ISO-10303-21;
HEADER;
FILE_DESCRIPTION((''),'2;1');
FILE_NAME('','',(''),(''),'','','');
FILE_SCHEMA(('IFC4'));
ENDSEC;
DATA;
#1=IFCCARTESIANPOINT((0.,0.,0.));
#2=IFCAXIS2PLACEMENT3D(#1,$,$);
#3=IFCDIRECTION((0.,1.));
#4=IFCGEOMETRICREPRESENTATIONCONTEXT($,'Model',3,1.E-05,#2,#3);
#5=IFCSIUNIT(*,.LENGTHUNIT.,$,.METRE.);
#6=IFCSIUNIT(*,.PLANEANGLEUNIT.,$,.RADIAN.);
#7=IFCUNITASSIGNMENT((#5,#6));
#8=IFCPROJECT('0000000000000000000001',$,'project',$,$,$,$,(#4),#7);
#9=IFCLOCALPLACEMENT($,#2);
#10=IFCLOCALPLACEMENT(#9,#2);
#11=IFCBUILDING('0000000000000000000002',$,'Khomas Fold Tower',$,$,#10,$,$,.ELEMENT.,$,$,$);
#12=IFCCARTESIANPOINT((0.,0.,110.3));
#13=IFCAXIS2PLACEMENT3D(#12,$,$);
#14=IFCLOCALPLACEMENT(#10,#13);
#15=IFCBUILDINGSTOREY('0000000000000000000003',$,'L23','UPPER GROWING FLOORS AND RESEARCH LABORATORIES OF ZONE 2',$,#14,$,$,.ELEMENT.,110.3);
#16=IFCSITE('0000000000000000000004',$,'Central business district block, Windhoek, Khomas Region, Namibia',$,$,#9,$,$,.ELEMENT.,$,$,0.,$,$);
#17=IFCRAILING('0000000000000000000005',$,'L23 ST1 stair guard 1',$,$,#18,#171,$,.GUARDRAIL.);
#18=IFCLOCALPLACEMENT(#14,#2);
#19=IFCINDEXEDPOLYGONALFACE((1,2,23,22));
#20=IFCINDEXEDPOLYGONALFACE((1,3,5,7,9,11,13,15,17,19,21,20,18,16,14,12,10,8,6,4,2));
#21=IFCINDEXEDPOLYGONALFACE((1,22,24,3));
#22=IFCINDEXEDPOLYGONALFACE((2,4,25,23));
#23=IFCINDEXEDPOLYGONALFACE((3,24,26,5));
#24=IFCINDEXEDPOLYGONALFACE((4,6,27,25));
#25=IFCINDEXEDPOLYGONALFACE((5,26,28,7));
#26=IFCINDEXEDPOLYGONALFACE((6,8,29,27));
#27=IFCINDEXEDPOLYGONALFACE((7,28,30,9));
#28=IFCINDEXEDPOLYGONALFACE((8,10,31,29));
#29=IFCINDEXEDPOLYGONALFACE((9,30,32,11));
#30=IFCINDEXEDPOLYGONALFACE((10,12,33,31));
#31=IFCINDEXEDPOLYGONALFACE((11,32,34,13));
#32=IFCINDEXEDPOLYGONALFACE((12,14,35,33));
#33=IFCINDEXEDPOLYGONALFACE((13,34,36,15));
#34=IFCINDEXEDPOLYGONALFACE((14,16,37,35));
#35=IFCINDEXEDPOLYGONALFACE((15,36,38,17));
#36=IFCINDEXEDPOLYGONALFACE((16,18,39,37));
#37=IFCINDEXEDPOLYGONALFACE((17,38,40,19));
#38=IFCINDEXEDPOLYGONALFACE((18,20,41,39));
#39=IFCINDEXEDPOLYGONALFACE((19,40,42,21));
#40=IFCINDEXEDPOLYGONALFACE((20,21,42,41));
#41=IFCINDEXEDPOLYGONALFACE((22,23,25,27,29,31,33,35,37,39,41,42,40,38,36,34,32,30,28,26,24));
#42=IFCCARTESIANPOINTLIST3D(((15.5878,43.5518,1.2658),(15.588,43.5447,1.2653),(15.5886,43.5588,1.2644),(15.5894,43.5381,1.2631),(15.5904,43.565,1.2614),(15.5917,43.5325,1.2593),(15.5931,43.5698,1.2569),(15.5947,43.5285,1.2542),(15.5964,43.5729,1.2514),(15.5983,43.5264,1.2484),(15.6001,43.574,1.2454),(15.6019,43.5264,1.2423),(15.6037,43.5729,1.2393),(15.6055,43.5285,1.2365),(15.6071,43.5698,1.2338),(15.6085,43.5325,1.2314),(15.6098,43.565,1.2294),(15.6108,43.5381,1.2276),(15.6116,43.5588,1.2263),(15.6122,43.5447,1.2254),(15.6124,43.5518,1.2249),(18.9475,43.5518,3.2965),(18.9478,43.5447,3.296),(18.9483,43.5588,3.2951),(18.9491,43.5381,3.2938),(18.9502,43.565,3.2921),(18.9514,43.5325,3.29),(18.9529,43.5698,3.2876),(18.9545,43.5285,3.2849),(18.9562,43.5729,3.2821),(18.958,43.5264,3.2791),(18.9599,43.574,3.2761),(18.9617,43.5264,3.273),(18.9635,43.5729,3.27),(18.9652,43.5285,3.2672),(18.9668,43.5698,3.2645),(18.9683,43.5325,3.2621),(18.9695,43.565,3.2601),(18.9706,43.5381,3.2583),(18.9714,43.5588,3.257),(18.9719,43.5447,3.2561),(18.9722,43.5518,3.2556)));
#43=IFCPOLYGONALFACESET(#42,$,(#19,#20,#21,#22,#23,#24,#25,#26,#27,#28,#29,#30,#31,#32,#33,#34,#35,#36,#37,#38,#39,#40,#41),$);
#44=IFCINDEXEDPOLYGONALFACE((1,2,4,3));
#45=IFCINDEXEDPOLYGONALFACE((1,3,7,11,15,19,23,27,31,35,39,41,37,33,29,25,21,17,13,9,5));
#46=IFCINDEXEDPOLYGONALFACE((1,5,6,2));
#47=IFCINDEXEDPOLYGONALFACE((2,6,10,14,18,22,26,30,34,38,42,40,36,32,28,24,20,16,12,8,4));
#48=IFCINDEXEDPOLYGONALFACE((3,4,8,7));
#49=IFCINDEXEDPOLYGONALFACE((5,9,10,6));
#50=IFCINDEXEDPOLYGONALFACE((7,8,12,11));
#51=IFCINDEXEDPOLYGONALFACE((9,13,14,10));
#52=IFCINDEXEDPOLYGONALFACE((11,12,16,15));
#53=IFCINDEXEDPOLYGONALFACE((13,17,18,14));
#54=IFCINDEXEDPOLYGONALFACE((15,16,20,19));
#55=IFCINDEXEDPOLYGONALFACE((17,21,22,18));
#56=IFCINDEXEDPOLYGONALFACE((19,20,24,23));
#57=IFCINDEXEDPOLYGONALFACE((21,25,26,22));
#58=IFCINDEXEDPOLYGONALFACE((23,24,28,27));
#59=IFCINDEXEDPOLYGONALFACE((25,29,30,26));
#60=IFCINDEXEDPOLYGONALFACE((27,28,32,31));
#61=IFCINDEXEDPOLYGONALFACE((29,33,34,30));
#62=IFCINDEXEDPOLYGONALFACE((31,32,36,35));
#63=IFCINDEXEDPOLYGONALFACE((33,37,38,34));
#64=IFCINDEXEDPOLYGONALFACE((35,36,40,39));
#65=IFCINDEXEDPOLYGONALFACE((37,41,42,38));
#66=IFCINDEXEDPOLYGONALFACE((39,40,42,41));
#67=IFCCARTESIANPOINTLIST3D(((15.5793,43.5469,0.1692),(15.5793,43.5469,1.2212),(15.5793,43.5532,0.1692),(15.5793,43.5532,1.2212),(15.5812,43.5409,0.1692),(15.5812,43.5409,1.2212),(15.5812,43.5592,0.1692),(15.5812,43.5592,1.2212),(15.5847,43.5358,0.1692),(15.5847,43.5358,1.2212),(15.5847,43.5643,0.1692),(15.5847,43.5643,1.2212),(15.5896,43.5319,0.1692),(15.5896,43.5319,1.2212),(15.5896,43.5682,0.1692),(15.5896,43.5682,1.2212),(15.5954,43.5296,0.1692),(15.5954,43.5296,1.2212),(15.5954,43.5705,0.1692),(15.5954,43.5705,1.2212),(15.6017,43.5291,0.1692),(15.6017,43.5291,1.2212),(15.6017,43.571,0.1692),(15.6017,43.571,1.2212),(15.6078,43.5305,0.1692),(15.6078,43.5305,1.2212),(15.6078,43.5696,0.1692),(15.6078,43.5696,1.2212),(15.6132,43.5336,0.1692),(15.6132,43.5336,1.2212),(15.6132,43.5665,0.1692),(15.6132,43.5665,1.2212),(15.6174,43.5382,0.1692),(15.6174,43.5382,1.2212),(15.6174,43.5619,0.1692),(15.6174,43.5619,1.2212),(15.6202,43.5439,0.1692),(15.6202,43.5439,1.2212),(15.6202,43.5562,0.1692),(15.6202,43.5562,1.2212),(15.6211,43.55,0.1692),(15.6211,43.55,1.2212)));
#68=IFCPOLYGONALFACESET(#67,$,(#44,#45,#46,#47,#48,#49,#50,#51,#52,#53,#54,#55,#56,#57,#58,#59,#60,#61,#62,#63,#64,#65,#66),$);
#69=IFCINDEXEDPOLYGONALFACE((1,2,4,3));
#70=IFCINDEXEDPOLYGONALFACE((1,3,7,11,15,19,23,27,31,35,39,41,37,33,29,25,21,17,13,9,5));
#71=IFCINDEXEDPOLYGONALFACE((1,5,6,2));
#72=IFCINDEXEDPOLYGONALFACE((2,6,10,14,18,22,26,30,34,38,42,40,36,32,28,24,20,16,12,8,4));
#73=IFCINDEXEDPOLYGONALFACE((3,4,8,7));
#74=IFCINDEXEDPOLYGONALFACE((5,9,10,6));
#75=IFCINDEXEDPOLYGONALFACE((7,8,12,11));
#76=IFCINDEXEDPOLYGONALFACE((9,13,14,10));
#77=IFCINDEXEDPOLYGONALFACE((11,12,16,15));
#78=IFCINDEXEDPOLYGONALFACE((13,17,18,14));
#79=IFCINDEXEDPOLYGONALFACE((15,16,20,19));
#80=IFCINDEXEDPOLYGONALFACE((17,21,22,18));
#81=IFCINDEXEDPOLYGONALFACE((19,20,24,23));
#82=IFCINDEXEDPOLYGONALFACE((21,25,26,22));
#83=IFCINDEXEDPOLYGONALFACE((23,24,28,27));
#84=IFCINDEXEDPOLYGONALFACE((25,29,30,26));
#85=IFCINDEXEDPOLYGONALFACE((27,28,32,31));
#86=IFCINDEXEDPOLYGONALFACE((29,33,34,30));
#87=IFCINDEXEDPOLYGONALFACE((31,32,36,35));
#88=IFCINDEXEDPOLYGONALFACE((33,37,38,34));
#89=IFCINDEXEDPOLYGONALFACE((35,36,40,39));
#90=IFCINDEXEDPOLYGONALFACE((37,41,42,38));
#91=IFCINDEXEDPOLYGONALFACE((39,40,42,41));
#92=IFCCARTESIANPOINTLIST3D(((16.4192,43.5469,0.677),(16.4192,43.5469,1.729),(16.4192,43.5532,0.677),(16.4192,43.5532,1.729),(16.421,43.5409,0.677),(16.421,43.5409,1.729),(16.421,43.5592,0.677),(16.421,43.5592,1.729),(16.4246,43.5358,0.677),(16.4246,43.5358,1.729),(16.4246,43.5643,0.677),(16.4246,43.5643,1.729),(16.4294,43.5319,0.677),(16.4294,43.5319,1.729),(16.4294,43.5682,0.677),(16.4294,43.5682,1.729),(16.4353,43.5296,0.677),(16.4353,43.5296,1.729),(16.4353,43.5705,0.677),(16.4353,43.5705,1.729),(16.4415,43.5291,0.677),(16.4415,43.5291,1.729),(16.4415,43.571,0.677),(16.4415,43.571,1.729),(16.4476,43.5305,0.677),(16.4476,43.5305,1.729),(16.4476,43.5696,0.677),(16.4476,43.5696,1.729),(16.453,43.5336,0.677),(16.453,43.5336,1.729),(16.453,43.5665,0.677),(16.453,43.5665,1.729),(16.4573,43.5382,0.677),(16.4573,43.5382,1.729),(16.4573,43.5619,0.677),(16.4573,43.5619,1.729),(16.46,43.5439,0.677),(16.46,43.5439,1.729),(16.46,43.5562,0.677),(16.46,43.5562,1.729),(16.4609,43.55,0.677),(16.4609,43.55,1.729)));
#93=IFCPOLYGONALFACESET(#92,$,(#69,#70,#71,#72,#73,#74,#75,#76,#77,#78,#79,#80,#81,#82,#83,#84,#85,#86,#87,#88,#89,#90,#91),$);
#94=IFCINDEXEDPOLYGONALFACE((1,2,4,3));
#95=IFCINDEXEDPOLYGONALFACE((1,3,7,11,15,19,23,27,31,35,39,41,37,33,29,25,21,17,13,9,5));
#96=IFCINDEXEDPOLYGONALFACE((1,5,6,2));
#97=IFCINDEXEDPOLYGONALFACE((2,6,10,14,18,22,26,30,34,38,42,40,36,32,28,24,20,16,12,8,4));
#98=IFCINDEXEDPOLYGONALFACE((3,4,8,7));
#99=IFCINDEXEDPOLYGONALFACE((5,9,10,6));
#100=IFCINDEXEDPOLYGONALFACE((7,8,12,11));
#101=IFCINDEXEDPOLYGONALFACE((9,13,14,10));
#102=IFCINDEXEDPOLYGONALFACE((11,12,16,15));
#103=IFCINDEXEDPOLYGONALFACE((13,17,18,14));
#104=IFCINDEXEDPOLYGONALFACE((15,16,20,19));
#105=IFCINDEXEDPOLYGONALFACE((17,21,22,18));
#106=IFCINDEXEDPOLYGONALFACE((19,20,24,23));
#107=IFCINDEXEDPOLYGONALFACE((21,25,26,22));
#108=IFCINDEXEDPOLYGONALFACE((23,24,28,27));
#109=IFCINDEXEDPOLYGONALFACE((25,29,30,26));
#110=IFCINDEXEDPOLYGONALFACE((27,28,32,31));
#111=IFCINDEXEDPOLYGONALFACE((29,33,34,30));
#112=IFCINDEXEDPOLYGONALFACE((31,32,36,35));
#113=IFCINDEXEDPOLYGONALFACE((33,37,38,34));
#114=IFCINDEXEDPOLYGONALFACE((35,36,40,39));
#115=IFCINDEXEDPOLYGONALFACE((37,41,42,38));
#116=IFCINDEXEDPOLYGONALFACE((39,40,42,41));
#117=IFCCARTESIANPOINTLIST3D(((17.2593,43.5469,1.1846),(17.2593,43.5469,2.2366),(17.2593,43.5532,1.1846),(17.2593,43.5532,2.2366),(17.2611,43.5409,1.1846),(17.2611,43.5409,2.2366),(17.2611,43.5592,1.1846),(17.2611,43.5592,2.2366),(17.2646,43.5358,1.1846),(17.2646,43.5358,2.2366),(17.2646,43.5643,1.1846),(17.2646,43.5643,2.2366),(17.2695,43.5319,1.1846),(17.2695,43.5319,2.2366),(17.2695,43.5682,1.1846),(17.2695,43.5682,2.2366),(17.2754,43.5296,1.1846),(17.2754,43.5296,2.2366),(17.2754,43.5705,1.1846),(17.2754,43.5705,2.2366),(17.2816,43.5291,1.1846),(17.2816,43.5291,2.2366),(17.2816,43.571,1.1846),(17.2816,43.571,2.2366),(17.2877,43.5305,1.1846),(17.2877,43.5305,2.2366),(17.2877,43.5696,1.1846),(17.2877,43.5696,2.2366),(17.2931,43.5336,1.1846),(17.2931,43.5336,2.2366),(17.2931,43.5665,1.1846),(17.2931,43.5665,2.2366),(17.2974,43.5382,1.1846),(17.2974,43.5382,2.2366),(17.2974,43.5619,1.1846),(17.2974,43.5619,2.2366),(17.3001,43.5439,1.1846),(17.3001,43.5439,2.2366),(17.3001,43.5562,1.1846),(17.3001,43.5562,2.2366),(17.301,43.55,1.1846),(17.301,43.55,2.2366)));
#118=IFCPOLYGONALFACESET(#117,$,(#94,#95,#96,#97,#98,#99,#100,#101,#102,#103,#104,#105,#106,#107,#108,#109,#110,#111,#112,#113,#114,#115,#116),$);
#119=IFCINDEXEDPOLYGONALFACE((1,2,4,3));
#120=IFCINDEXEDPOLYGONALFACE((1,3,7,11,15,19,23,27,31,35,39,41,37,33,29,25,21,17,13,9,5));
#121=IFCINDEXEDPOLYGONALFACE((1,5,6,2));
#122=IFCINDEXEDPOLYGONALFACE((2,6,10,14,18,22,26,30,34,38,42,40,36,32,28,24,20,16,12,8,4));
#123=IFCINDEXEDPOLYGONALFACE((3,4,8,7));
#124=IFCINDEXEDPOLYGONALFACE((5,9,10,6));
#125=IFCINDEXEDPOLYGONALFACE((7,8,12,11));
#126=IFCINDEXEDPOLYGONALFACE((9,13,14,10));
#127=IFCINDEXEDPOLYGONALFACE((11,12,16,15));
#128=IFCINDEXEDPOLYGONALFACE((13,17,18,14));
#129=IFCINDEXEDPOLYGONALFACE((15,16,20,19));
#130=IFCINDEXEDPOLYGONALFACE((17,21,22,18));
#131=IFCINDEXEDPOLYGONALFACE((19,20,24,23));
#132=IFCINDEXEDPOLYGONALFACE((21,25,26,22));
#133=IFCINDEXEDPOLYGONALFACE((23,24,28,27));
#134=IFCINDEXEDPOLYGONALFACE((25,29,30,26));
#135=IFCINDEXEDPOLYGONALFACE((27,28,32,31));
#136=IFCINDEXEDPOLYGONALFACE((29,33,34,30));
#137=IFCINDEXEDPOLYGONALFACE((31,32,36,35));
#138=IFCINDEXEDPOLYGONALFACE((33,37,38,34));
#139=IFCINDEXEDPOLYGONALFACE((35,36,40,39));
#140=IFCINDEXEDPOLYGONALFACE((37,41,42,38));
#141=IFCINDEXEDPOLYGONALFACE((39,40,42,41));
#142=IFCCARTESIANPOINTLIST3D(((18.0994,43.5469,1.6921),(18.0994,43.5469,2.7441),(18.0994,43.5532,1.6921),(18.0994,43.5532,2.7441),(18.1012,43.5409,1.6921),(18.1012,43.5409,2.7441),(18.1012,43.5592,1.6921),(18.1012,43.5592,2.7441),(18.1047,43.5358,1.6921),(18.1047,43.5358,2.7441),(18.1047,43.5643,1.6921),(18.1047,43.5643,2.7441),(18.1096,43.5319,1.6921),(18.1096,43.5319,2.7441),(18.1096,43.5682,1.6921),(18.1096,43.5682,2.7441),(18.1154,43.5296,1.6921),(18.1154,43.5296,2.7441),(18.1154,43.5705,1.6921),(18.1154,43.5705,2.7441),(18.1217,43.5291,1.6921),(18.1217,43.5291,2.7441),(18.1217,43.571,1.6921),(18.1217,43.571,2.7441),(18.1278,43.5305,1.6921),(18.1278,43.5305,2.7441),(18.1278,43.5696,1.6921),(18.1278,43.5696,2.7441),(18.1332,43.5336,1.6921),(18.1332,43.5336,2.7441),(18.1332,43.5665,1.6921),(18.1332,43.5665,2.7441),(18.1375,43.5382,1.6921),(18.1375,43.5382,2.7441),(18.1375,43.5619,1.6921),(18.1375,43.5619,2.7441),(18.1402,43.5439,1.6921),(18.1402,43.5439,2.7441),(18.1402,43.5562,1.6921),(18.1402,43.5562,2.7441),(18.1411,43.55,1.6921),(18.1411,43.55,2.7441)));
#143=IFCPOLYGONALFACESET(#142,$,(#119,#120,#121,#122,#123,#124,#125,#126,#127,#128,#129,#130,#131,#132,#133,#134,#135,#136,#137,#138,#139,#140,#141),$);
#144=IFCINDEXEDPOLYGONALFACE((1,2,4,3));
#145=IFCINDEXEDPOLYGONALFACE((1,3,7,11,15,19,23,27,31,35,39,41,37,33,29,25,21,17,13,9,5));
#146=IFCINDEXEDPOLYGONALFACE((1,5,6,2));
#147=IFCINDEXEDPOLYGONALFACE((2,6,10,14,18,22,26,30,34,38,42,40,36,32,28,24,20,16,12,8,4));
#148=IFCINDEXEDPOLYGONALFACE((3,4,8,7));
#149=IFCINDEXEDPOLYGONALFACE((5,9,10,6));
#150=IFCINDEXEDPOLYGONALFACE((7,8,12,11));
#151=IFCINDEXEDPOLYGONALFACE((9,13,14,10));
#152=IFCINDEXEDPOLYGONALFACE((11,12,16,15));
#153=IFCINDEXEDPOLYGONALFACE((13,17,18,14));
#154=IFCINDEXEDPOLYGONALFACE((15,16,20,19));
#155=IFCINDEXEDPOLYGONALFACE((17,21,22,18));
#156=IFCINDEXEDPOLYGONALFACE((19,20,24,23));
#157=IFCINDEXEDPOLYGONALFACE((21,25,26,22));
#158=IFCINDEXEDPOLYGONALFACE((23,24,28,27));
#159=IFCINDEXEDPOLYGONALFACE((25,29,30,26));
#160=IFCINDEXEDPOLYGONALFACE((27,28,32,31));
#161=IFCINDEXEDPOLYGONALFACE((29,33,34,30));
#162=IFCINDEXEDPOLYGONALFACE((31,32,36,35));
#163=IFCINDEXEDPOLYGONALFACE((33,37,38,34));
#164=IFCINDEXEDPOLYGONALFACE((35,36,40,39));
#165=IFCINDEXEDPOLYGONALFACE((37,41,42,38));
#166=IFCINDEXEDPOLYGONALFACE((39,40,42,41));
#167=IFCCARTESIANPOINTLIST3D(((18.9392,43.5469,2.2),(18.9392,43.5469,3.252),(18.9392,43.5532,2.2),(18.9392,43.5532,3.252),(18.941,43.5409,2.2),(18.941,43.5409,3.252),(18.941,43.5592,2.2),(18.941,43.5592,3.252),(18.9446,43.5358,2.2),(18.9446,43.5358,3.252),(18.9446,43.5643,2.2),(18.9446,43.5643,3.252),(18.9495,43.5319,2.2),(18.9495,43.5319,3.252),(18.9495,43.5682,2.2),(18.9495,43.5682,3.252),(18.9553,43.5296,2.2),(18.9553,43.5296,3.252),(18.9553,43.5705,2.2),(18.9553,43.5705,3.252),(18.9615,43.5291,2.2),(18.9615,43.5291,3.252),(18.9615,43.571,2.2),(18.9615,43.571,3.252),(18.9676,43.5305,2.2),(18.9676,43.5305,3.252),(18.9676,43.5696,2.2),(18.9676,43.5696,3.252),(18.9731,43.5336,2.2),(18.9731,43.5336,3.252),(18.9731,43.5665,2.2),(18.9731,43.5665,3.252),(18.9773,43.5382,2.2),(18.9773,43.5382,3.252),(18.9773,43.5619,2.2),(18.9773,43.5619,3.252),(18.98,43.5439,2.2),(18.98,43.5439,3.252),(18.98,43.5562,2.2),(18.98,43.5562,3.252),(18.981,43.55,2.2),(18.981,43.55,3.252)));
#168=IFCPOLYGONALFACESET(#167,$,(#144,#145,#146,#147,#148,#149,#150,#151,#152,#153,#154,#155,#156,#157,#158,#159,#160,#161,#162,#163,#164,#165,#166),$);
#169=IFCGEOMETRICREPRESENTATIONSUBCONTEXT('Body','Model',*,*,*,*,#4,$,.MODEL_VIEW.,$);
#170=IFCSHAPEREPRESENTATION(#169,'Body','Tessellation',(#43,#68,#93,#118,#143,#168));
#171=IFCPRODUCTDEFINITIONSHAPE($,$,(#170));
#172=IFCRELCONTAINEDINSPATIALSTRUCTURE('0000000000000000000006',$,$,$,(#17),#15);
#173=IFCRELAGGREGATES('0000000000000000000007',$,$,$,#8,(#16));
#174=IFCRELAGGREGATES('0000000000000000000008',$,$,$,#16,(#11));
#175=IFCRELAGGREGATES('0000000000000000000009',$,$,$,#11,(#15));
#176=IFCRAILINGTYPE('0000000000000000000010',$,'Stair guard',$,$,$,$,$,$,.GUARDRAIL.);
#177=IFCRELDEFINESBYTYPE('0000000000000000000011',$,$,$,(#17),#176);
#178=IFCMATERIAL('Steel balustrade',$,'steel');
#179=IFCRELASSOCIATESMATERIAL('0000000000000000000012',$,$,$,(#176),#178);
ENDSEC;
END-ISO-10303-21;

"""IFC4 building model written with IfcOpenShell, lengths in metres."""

from ifc_helpers import new_model, si_unit, direction, frame, origin, origin_2d, place, context, subcontext, project, spatial, circle, extrude, source, transform, mapped, material, type_object, element, save


model = new_model("IFC4")

# Units and contexts
model_context = context("Model", 3, precision=1e-05, world=origin(), true_north=direction((0.0, 1.0)))
body_context = subcontext(model_context, "Body", "Model", "MODEL_VIEW")
ifc_project = project(units=[si_unit("LENGTHUNIT", "METRE"), si_unit("PLANEANGLEUNIT", "RADIAN")], contexts=[model_context])

# Site, building, storey
site_placement = place(None, origin())
site = spatial("IfcSite", under=ifc_project, at=site_placement, Name="Central business district block, Windhoek, Khomas Region, Namibia", CompositionType="ELEMENT", RefElevation=0.0)
building_placement = place(site_placement, origin())
building = spatial("IfcBuilding", under=site, at=building_placement, Name="Khomas Fold Tower", CompositionType="ELEMENT")
storey_placement = place(building_placement, frame((0.0, 0.0, 110.3)))
storey = spatial("IfcBuildingStorey", under=building, at=storey_placement, Name="L23", Description="UPPER GROWING FLOORS AND RESEARCH LABORATORIES OF ZONE 2", CompositionType="ELEMENT", Elevation=110.3)

# Railing
ifc_material_1 = material(Name="Steel balustrade", Category="steel")
railing_type_1 = type_object("IfcRailingType", Name="Stair guard", PredefinedType="GUARDRAIL", material=ifc_material_1)
shared_shape_1 = source(origin(), body_context, "Body", "SweptSolid", [
    extrude(circle(Radius=0.0239, at=origin_2d()), frame((0.0, 0.0, 1.0762), z_axis=(0.85582, 0.0, 0.517273), x_axis=(0.0, 1.0, 0.0)), (0.0, 0.0, 1.0), 3.9258),
    extrude(circle(Radius=0.021, at=origin_2d()), origin(), (0.0, 0.0, 1.0), 1.052),
    extrude(circle(Radius=0.021, at=origin_2d()), frame((0.8398, 0.0, 0.5078)), (0.0, 0.0, 1.0), 1.052),
    extrude(circle(Radius=0.021, at=origin_2d()), frame((1.6799, 0.0, 1.0154)), (0.0, 0.0, 1.0), 1.052),
    extrude(circle(Radius=0.021, at=origin_2d()), frame((2.52, 0.0, 1.5229)), (0.0, 0.0, 1.0), 1.052),
    extrude(circle(Radius=0.021, at=origin_2d()), frame((3.3599, 0.0, 2.0308)), (0.0, 0.0, 1.0), 1.052),
])
railing_1_placement = place(storey_placement, frame((15.6001, 43.55, 0.1692)))
element("IfcRailing", 1, at=railing_1_placement, inside=storey, type_object=railing_type_1, Name="L23 ST1 stair guard 1", PredefinedType="GUARDRAIL", context=body_context, shape_type="MappedRepresentation", body=[
    mapped(shared_shape_1, transform((0.0, 0.0, 0.0))),
])

save(model, "model.ifc")
